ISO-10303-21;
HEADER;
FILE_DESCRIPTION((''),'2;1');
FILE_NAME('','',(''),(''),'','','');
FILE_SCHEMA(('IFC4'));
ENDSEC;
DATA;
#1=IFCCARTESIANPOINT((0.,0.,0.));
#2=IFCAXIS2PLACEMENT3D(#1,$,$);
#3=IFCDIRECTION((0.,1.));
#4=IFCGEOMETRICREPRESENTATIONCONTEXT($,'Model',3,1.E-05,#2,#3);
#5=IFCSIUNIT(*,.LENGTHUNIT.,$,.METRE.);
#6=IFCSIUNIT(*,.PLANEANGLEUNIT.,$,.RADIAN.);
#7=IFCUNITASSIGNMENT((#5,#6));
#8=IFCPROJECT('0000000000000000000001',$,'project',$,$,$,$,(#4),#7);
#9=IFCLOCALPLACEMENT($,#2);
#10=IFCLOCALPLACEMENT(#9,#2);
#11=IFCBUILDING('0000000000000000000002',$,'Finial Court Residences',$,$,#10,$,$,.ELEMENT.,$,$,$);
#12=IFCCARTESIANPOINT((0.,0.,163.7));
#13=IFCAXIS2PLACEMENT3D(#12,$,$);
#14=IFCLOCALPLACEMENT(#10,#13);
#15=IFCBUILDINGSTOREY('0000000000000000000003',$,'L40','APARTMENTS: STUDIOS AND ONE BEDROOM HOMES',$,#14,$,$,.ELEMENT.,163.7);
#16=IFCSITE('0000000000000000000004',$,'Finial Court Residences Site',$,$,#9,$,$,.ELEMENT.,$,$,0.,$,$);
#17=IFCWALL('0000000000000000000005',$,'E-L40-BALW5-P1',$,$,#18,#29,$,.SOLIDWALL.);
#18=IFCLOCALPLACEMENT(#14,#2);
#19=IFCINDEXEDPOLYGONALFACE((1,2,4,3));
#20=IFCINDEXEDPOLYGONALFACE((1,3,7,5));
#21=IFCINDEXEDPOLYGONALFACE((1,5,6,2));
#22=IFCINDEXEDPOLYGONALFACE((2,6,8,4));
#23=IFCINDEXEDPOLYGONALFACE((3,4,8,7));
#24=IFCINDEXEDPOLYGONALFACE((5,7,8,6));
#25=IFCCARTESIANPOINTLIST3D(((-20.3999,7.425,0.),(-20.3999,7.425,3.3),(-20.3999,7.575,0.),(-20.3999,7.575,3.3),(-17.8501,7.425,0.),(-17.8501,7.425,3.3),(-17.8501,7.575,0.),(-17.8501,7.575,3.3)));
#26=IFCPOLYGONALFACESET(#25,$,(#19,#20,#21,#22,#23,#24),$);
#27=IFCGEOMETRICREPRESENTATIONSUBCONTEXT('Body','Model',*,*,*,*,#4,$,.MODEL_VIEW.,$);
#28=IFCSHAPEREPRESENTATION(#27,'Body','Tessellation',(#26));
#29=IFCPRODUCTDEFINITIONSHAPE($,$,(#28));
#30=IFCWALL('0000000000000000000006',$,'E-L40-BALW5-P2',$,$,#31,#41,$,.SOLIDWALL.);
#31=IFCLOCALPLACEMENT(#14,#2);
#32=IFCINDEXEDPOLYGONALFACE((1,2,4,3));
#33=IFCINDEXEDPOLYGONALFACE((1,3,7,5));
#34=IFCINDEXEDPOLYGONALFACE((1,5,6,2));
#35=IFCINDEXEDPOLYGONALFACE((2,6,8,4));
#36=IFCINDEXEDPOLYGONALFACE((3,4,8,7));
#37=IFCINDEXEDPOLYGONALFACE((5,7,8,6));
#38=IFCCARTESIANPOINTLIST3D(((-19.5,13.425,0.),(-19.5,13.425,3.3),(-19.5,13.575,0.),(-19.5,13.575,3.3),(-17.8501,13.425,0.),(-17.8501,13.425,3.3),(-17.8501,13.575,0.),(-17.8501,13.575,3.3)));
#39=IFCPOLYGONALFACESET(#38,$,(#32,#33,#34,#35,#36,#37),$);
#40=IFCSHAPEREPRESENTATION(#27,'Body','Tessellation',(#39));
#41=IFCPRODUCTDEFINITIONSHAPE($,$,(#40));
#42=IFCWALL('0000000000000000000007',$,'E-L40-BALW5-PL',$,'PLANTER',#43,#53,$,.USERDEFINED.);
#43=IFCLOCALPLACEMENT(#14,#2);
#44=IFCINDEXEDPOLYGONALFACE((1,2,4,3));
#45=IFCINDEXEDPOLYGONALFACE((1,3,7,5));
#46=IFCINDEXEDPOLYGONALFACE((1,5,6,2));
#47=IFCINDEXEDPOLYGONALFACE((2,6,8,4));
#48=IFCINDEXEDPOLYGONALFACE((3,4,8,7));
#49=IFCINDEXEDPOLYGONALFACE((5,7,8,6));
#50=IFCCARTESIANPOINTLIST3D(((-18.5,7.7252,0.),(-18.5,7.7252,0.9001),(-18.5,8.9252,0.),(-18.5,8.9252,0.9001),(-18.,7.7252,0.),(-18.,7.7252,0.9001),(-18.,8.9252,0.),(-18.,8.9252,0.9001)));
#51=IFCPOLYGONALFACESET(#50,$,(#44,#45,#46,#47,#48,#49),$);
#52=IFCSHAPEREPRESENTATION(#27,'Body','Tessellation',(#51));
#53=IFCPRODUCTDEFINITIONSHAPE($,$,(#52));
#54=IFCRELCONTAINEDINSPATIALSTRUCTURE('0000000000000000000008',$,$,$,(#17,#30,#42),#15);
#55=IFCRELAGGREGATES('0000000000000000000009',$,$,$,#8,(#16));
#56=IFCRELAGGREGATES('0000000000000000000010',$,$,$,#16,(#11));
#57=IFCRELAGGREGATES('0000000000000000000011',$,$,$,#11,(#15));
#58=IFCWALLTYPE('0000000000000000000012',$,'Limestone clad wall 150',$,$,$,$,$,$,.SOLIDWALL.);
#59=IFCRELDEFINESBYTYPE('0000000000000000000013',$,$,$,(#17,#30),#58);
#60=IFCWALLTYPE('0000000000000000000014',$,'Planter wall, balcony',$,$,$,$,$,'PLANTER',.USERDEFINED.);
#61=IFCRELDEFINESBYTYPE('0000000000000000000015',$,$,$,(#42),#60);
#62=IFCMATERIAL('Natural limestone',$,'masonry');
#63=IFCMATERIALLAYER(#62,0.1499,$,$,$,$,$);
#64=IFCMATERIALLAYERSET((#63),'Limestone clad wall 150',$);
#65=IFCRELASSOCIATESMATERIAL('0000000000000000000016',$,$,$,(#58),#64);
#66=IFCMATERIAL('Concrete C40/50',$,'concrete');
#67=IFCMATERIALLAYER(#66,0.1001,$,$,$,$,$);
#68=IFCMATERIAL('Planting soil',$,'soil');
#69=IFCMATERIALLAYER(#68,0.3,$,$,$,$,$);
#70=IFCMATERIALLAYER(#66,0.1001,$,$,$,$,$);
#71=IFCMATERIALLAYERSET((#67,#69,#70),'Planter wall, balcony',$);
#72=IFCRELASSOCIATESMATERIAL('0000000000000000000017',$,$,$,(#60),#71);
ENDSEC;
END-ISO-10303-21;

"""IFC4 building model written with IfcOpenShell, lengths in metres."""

from ifc_helpers import new_model, si_unit, direction, frame, frame_2d, origin, place, context, subcontext, project, spatial, rectangle, extrude, material, layer, layer_set, type_object, element, save


model = new_model("IFC4")

# Units and contexts
model_context = context("Model", 3, precision=1e-05, world=origin(), true_north=direction((0.0, 1.0)))
body_context = subcontext(model_context, "Body", "Model", "MODEL_VIEW")
ifc_project = project(units=[si_unit("LENGTHUNIT", "METRE"), si_unit("PLANEANGLEUNIT", "RADIAN")], contexts=[model_context])

# Site, building, storey
site_placement = place(None, origin())
site = spatial("IfcSite", under=ifc_project, at=site_placement, Name="Finial Court Residences Site", CompositionType="ELEMENT", RefElevation=0.0)
building_placement = place(site_placement, origin())
building = spatial("IfcBuilding", under=site, at=building_placement, Name="Finial Court Residences", CompositionType="ELEMENT")
storey_placement = place(building_placement, frame((0.0, 0.0, 163.7)))
storey = spatial("IfcBuildingStorey", under=building, at=storey_placement, Name="L40", Description="APARTMENTS: STUDIOS AND ONE BEDROOM HOMES", CompositionType="ELEMENT", Elevation=163.7)

# Walls
ifc_material_1 = material(Name="Natural limestone", Category="masonry")
ifc_layer_1 = layer(ifc_material_1, 0.1499)
ifc_layer_set_1 = layer_set([ifc_layer_1], Name="Limestone clad wall 150")
wall_type_1 = type_object("IfcWallType", Name="Limestone clad wall 150", PredefinedType="SOLIDWALL", material=ifc_layer_set_1)
wall_1_placement = place(storey_placement, frame((-17.8501, 7.5, 0.0), z_axis=(0.0, 0.0, 1.0), x_axis=(-1.0, 0.0, 0.0)))
element("IfcWall", 1, at=wall_1_placement, inside=storey, type_object=wall_type_1, Name="E-L40-BALW5-P1", PredefinedType="SOLIDWALL", context=body_context, shape_type="SweptSolid", body=[
    extrude(rectangle(XDim=2.5498, YDim=0.1499, at=frame_2d((1.2749, 0.0))), origin(), (0.0, 0.0, 1.0), 3.3),
])
wall_2_placement = place(storey_placement, frame((-17.8501, 13.5, 0.0), z_axis=(0.0, 0.0, 1.0), x_axis=(-1.0, 0.0, 0.0)))
element("IfcWall", 2, at=wall_2_placement, inside=storey, type_object=wall_type_1, Name="E-L40-BALW5-P2", PredefinedType="SOLIDWALL", context=body_context, shape_type="SweptSolid", body=[
    extrude(rectangle(XDim=1.6499, YDim=0.1499, at=frame_2d((0.825, 0.0))), origin(), (0.0, 0.0, 1.0), 3.3),
])

# Wall
ifc_material_2 = material(Name="Concrete C40/50", Category="concrete")
ifc_layer_2 = layer(ifc_material_2, 0.1001)
ifc_material_3 = material(Name="Planting soil", Category="soil")
ifc_layer_3 = layer(ifc_material_3, 0.3)
ifc_layer_4 = layer(ifc_material_2, 0.1001)
ifc_layer_set_2 = layer_set([ifc_layer_2, ifc_layer_3, ifc_layer_4], Name="Planter wall, balcony")
wall_type_2 = type_object("IfcWallType", Name="Planter wall, balcony", ElementType="PLANTER", PredefinedType="USERDEFINED", material=ifc_layer_set_2)
wall_3_placement = place(storey_placement, frame((-18.25, 7.7251, 0.0), z_axis=(0.0, 0.0, 1.0), x_axis=(0.0, 1.0, 0.0)))
element("IfcWall", 3, at=wall_3_placement, inside=storey, type_object=wall_type_2, Name="E-L40-BALW5-PL", ObjectType="PLANTER", PredefinedType="USERDEFINED", context=body_context, shape_type="SweptSolid", body=[
    extrude(rectangle(XDim=1.2, YDim=0.5, at=frame_2d((0.6001, 0.0))), origin(), (0.0, 0.0, 1.0), 0.9001),
])

save(model, "model.ifc")
